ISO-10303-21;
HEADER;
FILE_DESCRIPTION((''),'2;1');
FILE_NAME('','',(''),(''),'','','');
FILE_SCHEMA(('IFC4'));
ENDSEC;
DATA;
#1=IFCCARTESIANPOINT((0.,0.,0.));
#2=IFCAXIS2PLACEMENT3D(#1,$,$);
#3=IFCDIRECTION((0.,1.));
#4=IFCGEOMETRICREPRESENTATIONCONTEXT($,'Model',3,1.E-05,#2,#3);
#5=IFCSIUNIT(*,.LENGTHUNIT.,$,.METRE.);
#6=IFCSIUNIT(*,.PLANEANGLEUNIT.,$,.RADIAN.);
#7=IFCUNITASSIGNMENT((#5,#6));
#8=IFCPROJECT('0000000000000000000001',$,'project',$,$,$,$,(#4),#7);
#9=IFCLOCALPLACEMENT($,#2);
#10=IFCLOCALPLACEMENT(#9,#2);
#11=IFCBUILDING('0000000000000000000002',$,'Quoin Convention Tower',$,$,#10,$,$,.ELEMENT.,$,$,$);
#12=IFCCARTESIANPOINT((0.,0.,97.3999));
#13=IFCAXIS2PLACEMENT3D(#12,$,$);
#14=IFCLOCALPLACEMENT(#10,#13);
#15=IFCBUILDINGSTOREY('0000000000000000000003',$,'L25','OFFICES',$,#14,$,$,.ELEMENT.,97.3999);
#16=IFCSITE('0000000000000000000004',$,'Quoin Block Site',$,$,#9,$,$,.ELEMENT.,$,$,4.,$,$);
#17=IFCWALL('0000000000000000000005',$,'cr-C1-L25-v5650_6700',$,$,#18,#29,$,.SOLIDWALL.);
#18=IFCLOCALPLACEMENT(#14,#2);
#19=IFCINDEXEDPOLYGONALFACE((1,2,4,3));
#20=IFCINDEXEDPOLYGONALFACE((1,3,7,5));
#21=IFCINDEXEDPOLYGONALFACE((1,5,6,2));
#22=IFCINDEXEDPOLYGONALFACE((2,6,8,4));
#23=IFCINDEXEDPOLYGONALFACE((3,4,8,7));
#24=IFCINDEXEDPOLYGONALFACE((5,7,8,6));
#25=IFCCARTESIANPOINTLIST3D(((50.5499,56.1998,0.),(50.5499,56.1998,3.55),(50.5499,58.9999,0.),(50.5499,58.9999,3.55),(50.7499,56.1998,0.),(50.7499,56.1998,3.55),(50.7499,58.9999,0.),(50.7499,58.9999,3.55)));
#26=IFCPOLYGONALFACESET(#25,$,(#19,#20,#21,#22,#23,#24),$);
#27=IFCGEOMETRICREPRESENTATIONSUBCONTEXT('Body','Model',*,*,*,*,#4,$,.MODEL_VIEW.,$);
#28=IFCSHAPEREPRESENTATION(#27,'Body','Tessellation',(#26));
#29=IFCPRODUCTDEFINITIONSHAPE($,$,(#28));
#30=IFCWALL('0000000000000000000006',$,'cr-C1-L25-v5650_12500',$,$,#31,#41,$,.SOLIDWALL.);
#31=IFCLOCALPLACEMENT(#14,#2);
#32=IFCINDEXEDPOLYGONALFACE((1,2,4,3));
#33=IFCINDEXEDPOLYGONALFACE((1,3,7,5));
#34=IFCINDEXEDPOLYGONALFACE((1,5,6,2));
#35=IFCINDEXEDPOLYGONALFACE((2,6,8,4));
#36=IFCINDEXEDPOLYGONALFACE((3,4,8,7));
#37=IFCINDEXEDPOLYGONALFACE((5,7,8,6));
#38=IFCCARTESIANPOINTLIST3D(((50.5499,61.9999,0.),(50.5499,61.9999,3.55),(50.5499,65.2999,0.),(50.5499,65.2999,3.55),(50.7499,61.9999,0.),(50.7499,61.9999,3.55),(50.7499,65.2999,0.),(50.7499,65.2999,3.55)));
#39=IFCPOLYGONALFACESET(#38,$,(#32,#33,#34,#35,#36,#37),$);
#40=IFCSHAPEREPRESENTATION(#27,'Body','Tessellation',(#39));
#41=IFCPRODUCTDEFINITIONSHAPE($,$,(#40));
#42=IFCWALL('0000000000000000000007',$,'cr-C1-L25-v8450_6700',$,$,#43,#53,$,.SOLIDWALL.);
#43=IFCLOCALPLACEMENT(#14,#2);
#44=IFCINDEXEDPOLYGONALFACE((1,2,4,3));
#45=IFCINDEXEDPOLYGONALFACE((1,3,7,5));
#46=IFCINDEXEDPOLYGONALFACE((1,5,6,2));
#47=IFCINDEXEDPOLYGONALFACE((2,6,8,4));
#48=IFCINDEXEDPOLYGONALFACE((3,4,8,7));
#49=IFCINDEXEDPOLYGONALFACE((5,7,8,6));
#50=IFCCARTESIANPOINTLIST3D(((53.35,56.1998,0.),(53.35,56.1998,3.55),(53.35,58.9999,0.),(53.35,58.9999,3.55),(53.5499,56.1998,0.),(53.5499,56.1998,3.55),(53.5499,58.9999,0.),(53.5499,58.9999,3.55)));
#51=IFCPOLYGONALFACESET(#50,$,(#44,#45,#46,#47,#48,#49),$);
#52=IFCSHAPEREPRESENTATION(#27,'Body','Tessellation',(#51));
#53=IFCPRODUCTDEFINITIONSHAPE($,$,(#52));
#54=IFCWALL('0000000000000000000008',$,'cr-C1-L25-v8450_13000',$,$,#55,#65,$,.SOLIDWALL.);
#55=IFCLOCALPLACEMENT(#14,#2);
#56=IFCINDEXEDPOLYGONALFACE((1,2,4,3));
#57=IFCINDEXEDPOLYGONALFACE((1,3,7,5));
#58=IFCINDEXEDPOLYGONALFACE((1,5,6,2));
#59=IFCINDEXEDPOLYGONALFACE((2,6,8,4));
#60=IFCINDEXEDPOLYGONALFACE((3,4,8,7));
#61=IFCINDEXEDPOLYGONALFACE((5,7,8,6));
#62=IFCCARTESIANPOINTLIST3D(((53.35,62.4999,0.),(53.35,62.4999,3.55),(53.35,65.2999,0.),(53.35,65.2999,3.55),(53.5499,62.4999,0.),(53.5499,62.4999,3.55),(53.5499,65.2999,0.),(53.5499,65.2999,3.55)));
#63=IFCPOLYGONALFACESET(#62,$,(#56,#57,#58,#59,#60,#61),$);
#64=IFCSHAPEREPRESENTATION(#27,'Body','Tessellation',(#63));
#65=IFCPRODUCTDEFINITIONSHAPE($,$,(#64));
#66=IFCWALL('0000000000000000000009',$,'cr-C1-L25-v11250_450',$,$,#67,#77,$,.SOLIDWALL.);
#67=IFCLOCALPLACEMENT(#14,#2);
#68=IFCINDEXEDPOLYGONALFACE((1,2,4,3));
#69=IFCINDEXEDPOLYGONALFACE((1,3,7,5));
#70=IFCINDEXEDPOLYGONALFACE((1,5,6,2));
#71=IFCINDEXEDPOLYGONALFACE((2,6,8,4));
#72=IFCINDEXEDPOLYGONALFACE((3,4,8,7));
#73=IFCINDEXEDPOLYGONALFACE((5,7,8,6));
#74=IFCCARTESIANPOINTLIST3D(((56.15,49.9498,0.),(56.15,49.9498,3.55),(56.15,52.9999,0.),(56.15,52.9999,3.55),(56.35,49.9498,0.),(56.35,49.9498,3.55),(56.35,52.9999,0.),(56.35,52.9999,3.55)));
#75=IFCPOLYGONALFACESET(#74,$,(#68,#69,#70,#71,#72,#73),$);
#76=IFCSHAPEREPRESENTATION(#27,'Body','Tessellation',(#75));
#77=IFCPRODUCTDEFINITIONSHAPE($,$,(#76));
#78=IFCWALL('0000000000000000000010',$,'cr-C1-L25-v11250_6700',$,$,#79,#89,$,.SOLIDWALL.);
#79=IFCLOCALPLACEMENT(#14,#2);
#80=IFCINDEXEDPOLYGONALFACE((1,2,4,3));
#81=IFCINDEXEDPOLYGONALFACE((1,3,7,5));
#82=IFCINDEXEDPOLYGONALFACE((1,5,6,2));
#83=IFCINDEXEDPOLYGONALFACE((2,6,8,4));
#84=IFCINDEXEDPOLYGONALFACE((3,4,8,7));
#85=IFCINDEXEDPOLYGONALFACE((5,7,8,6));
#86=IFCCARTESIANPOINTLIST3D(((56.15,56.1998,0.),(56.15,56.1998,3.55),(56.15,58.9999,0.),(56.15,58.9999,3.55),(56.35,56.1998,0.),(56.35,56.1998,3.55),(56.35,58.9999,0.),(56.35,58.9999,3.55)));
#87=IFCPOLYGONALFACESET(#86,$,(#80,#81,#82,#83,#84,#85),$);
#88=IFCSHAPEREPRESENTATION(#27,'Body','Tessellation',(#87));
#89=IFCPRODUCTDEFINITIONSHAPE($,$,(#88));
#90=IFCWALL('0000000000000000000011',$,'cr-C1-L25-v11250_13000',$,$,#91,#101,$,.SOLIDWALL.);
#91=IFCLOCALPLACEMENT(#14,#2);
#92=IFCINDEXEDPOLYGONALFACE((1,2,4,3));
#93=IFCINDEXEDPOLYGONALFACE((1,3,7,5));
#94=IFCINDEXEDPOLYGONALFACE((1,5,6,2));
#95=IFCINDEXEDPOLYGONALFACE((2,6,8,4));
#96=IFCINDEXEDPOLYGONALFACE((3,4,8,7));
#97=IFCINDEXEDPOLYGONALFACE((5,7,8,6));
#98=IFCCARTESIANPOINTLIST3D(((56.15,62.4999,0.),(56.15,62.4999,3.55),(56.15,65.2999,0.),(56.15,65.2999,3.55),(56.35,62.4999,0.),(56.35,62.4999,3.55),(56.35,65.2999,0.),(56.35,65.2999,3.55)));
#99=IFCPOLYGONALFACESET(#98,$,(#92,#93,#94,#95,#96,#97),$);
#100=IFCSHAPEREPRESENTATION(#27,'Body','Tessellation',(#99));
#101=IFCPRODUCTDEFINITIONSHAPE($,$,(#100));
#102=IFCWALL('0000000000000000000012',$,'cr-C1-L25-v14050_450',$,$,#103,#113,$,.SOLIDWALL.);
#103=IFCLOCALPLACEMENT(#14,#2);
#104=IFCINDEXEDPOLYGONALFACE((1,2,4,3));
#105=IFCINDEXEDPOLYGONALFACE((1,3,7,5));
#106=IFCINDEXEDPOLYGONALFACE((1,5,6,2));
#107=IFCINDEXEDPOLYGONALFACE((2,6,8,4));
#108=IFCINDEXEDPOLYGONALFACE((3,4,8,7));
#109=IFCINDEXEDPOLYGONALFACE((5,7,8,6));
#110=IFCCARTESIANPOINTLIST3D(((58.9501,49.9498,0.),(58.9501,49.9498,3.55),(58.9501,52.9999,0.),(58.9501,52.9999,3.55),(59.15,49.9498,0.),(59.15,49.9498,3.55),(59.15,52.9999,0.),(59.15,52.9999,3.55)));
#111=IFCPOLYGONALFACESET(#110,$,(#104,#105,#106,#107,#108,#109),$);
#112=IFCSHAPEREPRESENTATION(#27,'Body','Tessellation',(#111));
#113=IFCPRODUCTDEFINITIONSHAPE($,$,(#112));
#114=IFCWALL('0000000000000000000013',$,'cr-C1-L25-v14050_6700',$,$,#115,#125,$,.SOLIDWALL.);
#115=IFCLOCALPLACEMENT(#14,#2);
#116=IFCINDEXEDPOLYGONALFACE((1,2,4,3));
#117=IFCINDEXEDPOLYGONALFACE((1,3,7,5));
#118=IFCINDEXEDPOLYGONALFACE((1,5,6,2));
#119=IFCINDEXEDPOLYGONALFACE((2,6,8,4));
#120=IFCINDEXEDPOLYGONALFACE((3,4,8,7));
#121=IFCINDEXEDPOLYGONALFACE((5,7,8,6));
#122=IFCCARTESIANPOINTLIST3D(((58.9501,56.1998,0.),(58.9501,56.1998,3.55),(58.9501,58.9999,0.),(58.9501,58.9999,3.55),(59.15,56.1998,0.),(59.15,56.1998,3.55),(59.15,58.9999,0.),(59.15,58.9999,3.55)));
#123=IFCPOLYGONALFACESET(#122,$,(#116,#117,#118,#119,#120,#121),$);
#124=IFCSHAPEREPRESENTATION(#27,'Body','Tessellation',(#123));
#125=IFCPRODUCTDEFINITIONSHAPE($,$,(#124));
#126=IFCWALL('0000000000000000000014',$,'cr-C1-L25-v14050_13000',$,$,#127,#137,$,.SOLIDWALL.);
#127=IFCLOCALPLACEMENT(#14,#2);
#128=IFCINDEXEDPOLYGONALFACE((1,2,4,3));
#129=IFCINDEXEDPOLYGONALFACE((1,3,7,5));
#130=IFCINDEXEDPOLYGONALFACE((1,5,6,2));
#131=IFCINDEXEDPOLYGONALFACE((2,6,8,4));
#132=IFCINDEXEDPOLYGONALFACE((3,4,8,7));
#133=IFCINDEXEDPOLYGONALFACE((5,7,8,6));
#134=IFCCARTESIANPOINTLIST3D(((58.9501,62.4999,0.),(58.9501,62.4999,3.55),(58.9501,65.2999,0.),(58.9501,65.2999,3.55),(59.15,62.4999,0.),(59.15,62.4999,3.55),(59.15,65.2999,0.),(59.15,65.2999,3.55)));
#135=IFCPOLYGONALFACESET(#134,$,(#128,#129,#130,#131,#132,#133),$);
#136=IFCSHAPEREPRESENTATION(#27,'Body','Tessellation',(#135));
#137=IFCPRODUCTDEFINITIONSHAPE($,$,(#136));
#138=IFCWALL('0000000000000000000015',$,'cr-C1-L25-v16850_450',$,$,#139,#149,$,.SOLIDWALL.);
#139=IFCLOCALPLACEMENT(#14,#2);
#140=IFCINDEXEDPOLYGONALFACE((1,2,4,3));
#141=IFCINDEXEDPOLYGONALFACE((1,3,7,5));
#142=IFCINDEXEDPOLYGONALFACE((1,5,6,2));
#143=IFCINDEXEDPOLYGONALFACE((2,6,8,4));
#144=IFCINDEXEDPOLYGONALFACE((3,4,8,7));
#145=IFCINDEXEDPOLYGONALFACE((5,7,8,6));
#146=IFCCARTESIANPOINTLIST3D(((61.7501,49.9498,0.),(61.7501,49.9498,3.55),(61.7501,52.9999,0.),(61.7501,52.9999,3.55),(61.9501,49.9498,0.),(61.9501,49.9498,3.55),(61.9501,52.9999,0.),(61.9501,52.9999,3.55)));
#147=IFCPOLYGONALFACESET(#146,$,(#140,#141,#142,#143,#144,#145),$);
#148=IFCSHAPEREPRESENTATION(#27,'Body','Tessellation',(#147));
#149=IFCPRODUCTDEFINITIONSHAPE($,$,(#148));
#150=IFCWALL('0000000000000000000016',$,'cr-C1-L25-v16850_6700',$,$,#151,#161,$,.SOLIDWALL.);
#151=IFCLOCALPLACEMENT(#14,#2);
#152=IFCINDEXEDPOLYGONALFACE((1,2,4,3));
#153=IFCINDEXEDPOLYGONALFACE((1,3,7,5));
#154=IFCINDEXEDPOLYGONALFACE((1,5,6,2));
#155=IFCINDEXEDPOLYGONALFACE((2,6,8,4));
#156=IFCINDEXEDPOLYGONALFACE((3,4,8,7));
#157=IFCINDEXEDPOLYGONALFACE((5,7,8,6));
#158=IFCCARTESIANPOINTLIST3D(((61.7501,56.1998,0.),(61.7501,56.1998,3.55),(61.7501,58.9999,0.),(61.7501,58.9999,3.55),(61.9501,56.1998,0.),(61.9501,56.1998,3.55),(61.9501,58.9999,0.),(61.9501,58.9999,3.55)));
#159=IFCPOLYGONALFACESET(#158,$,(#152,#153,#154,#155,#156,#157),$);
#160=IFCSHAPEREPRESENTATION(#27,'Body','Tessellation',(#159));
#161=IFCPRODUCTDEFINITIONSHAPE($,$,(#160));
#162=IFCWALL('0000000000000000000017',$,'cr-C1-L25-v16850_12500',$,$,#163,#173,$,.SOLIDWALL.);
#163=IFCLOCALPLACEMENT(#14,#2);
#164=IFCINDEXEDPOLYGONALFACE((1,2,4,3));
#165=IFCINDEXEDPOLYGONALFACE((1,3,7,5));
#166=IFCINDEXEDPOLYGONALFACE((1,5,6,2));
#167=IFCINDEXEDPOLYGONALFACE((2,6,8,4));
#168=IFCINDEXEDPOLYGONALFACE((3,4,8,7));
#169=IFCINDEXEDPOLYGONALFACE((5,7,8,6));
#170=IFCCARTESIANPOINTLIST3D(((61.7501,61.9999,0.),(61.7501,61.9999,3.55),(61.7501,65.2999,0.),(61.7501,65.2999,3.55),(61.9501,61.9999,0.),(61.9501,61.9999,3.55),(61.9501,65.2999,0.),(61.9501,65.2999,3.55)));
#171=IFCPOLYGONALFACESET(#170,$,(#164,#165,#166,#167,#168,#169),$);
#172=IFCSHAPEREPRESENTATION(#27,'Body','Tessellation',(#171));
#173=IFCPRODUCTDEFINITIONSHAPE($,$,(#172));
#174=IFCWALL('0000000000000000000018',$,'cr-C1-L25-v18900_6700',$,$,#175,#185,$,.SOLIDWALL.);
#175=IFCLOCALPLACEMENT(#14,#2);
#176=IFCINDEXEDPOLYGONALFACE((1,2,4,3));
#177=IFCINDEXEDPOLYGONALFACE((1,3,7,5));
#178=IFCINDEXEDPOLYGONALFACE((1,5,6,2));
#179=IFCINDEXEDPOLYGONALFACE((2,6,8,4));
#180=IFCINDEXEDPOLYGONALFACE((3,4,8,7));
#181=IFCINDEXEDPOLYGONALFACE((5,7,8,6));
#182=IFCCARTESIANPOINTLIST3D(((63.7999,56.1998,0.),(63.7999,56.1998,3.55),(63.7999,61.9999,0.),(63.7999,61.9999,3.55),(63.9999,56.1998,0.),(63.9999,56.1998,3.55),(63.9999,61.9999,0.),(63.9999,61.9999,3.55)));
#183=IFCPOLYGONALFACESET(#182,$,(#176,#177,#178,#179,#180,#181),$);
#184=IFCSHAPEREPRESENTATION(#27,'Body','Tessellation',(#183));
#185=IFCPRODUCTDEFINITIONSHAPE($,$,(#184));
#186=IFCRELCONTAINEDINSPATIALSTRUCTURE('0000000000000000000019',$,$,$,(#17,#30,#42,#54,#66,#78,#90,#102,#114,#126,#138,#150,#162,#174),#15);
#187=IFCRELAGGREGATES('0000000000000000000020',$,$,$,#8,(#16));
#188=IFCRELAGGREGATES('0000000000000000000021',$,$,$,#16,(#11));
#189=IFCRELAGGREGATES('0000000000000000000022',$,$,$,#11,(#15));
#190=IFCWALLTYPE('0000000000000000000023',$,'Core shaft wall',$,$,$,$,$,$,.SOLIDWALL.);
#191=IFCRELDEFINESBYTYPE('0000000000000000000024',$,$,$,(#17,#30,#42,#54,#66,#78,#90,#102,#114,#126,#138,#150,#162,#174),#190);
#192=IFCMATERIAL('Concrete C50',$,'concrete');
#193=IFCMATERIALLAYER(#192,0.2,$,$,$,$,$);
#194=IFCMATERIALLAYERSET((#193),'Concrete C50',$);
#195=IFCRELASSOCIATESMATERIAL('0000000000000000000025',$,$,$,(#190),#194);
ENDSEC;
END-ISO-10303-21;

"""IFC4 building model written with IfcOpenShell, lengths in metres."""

from ifc_helpers import new_model, si_unit, direction, frame, frame_2d, origin, place, context, subcontext, project, spatial, rectangle, extrude, material, layer, layer_set, type_object, element, save


model = new_model("IFC4")

# Units and contexts
model_context = context("Model", 3, precision=1e-05, world=origin(), true_north=direction((0.0, 1.0)))
body_context = subcontext(model_context, "Body", "Model", "MODEL_VIEW")
ifc_project = project(units=[si_unit("LENGTHUNIT", "METRE"), si_unit("PLANEANGLEUNIT", "RADIAN")], contexts=[model_context])

# Site, building, storey
site_placement = place(None, origin())
site = spatial("IfcSite", under=ifc_project, at=site_placement, Name="Quoin Block Site", CompositionType="ELEMENT", RefElevation=4.0)
building_placement = place(site_placement, origin())
building = spatial("IfcBuilding", under=site, at=building_placement, Name="Quoin Convention Tower", CompositionType="ELEMENT")
storey_placement = place(building_placement, frame((0.0, 0.0, 97.3999)))
storey = spatial("IfcBuildingStorey", under=building, at=storey_placement, Name="L25", Description="OFFICES", CompositionType="ELEMENT", Elevation=97.3999)

# Shared definitions
ifc_material_1 = material(Name="Concrete C50", Category="concrete")
ifc_layer_1 = layer(ifc_material_1, 0.2)
ifc_layer_set_1 = layer_set([ifc_layer_1], Name="Concrete C50")
wall_type_1 = type_object("IfcWallType", Name="Core shaft wall", PredefinedType="SOLIDWALL", material=ifc_layer_set_1)

# Walls
wall_1_placement = place(storey_placement, frame((50.6499, 56.2, 0.0), z_axis=(0.0, 0.0, 1.0), x_axis=(0.0, 1.0, 0.0)))
element("IfcWall", 1, at=wall_1_placement, inside=storey, type_object=wall_type_1, Name="cr-C1-L25-v5650_6700", PredefinedType="SOLIDWALL", context=body_context, shape_type="SweptSolid", body=[
    extrude(rectangle(XDim=2.8, YDim=0.2, at=frame_2d((1.3999, 0.0))), origin(), (0.0, 0.0, 1.0), 3.55),
])
wall_2_placement = place(storey_placement, frame((50.6499, 62.0, 0.0), z_axis=(0.0, 0.0, 1.0), x_axis=(0.0, 1.0, 0.0)))
element("IfcWall", 2, at=wall_2_placement, inside=storey, type_object=wall_type_1, Name="cr-C1-L25-v5650_12500", PredefinedType="SOLIDWALL", context=body_context, shape_type="SweptSolid", body=[
    extrude(rectangle(XDim=3.3, YDim=0.2, at=frame_2d((1.6499, 0.0))), origin(), (0.0, 0.0, 1.0), 3.55),
])
for number, where, z_axis, x_axis, name in (
    (3, (53.45, 56.2, 0.0), (0.0, 0.0, 1.0), (0.0, 1.0, 0.0), "cr-C1-L25-v8450_6700"),
    (4, (53.45, 62.5, 0.0), (0.0, 0.0, 1.0), (0.0, 1.0, 0.0), "cr-C1-L25-v8450_13000"),
):
    element("IfcWall", number, at=place(storey_placement, frame(where, z_axis=z_axis, x_axis=x_axis)), inside=storey, type_object=wall_type_1, Name=name, PredefinedType="SOLIDWALL", context=body_context, shape_type="SweptSolid", body=[
        extrude(rectangle(XDim=2.8, YDim=0.2, at=frame_2d((1.3999, 0.0))), origin(), (0.0, 0.0, 1.0), 3.55),
    ])
wall_3_placement = place(storey_placement, frame((56.25, 49.95, 0.0), z_axis=(0.0, 0.0, 1.0), x_axis=(0.0, 1.0, 0.0)))
element("IfcWall", 5, at=wall_3_placement, inside=storey, type_object=wall_type_1, Name="cr-C1-L25-v11250_450", PredefinedType="SOLIDWALL", context=body_context, shape_type="SweptSolid", body=[
    extrude(rectangle(XDim=3.05, YDim=0.2, at=frame_2d((1.5249, 0.0))), origin(), (0.0, 0.0, 1.0), 3.55),
])
for number, where, z_axis, x_axis, name in (
    (6, (56.25, 56.2, 0.0), (0.0, 0.0, 1.0), (0.0, 1.0, 0.0), "cr-C1-L25-v11250_6700"),
    (7, (56.25, 62.5, 0.0), (0.0, 0.0, 1.0), (0.0, 1.0, 0.0), "cr-C1-L25-v11250_13000"),
):
    element("IfcWall", number, at=place(storey_placement, frame(where, z_axis=z_axis, x_axis=x_axis)), inside=storey, type_object=wall_type_1, Name=name, PredefinedType="SOLIDWALL", context=body_context, shape_type="SweptSolid", body=[
        extrude(rectangle(XDim=2.8, YDim=0.2, at=frame_2d((1.3999, 0.0))), origin(), (0.0, 0.0, 1.0), 3.55),
    ])
wall_4_placement = place(storey_placement, frame((59.05, 49.95, 0.0), z_axis=(0.0, 0.0, 1.0), x_axis=(0.0, 1.0, 0.0)))
element("IfcWall", 8, at=wall_4_placement, inside=storey, type_object=wall_type_1, Name="cr-C1-L25-v14050_450", PredefinedType="SOLIDWALL", context=body_context, shape_type="SweptSolid", body=[
    extrude(rectangle(XDim=3.05, YDim=0.2, at=frame_2d((1.5249, 0.0))), origin(), (0.0, 0.0, 1.0), 3.55),
])
for number, where, z_axis, x_axis, name in (
    (9, (59.05, 56.2, 0.0), (0.0, 0.0, 1.0), (0.0, 1.0, 0.0), "cr-C1-L25-v14050_6700"),
    (10, (59.05, 62.5, 0.0), (0.0, 0.0, 1.0), (0.0, 1.0, 0.0), "cr-C1-L25-v14050_13000"),
):
    element("IfcWall", number, at=place(storey_placement, frame(where, z_axis=z_axis, x_axis=x_axis)), inside=storey, type_object=wall_type_1, Name=name, PredefinedType="SOLIDWALL", context=body_context, shape_type="SweptSolid", body=[
        extrude(rectangle(XDim=2.8, YDim=0.2, at=frame_2d((1.3999, 0.0))), origin(), (0.0, 0.0, 1.0), 3.55),
    ])
wall_5_placement = place(storey_placement, frame((61.8501, 49.95, 0.0), z_axis=(0.0, 0.0, 1.0), x_axis=(0.0, 1.0, 0.0)))
element("IfcWall", 11, at=wall_5_placement, inside=storey, type_object=wall_type_1, Name="cr-C1-L25-v16850_450", PredefinedType="SOLIDWALL", context=body_context, shape_type="SweptSolid", body=[
    extrude(rectangle(XDim=3.05, YDim=0.2, at=frame_2d((1.5249, 0.0))), origin(), (0.0, 0.0, 1.0), 3.55),
])
wall_6_placement = place(storey_placement, frame((61.8501, 56.2, 0.0), z_axis=(0.0, 0.0, 1.0), x_axis=(0.0, 1.0, 0.0)))
element("IfcWall", 12, at=wall_6_placement, inside=storey, type_object=wall_type_1, Name="cr-C1-L25-v16850_6700", PredefinedType="SOLIDWALL", context=body_context, shape_type="SweptSolid", body=[
    extrude(rectangle(XDim=2.8, YDim=0.2, at=frame_2d((1.3999, 0.0))), origin(), (0.0, 0.0, 1.0), 3.55),
])
wall_7_placement = place(storey_placement, frame((61.8501, 62.0, 0.0), z_axis=(0.0, 0.0, 1.0), x_axis=(0.0, 1.0, 0.0)))
element("IfcWall", 13, at=wall_7_placement, inside=storey, type_object=wall_type_1, Name="cr-C1-L25-v16850_12500", PredefinedType="SOLIDWALL", context=body_context, shape_type="SweptSolid", body=[
    extrude(rectangle(XDim=3.3, YDim=0.2, at=frame_2d((1.6499, 0.0))), origin(), (0.0, 0.0, 1.0), 3.55),
])
wall_8_placement = place(storey_placement, frame((63.8999, 56.2, 0.0), z_axis=(0.0, 0.0, 1.0), x_axis=(0.0, 1.0, 0.0)))
element("IfcWall", 14, at=wall_8_placement, inside=storey, type_object=wall_type_1, Name="cr-C1-L25-v18900_6700", PredefinedType="SOLIDWALL", context=body_context, shape_type="SweptSolid", body=[
    extrude(rectangle(XDim=5.8, YDim=0.2, at=frame_2d((2.8999, 0.0))), origin(), (0.0, 0.0, 1.0), 3.55),
])

save(model, "model.ifc")
